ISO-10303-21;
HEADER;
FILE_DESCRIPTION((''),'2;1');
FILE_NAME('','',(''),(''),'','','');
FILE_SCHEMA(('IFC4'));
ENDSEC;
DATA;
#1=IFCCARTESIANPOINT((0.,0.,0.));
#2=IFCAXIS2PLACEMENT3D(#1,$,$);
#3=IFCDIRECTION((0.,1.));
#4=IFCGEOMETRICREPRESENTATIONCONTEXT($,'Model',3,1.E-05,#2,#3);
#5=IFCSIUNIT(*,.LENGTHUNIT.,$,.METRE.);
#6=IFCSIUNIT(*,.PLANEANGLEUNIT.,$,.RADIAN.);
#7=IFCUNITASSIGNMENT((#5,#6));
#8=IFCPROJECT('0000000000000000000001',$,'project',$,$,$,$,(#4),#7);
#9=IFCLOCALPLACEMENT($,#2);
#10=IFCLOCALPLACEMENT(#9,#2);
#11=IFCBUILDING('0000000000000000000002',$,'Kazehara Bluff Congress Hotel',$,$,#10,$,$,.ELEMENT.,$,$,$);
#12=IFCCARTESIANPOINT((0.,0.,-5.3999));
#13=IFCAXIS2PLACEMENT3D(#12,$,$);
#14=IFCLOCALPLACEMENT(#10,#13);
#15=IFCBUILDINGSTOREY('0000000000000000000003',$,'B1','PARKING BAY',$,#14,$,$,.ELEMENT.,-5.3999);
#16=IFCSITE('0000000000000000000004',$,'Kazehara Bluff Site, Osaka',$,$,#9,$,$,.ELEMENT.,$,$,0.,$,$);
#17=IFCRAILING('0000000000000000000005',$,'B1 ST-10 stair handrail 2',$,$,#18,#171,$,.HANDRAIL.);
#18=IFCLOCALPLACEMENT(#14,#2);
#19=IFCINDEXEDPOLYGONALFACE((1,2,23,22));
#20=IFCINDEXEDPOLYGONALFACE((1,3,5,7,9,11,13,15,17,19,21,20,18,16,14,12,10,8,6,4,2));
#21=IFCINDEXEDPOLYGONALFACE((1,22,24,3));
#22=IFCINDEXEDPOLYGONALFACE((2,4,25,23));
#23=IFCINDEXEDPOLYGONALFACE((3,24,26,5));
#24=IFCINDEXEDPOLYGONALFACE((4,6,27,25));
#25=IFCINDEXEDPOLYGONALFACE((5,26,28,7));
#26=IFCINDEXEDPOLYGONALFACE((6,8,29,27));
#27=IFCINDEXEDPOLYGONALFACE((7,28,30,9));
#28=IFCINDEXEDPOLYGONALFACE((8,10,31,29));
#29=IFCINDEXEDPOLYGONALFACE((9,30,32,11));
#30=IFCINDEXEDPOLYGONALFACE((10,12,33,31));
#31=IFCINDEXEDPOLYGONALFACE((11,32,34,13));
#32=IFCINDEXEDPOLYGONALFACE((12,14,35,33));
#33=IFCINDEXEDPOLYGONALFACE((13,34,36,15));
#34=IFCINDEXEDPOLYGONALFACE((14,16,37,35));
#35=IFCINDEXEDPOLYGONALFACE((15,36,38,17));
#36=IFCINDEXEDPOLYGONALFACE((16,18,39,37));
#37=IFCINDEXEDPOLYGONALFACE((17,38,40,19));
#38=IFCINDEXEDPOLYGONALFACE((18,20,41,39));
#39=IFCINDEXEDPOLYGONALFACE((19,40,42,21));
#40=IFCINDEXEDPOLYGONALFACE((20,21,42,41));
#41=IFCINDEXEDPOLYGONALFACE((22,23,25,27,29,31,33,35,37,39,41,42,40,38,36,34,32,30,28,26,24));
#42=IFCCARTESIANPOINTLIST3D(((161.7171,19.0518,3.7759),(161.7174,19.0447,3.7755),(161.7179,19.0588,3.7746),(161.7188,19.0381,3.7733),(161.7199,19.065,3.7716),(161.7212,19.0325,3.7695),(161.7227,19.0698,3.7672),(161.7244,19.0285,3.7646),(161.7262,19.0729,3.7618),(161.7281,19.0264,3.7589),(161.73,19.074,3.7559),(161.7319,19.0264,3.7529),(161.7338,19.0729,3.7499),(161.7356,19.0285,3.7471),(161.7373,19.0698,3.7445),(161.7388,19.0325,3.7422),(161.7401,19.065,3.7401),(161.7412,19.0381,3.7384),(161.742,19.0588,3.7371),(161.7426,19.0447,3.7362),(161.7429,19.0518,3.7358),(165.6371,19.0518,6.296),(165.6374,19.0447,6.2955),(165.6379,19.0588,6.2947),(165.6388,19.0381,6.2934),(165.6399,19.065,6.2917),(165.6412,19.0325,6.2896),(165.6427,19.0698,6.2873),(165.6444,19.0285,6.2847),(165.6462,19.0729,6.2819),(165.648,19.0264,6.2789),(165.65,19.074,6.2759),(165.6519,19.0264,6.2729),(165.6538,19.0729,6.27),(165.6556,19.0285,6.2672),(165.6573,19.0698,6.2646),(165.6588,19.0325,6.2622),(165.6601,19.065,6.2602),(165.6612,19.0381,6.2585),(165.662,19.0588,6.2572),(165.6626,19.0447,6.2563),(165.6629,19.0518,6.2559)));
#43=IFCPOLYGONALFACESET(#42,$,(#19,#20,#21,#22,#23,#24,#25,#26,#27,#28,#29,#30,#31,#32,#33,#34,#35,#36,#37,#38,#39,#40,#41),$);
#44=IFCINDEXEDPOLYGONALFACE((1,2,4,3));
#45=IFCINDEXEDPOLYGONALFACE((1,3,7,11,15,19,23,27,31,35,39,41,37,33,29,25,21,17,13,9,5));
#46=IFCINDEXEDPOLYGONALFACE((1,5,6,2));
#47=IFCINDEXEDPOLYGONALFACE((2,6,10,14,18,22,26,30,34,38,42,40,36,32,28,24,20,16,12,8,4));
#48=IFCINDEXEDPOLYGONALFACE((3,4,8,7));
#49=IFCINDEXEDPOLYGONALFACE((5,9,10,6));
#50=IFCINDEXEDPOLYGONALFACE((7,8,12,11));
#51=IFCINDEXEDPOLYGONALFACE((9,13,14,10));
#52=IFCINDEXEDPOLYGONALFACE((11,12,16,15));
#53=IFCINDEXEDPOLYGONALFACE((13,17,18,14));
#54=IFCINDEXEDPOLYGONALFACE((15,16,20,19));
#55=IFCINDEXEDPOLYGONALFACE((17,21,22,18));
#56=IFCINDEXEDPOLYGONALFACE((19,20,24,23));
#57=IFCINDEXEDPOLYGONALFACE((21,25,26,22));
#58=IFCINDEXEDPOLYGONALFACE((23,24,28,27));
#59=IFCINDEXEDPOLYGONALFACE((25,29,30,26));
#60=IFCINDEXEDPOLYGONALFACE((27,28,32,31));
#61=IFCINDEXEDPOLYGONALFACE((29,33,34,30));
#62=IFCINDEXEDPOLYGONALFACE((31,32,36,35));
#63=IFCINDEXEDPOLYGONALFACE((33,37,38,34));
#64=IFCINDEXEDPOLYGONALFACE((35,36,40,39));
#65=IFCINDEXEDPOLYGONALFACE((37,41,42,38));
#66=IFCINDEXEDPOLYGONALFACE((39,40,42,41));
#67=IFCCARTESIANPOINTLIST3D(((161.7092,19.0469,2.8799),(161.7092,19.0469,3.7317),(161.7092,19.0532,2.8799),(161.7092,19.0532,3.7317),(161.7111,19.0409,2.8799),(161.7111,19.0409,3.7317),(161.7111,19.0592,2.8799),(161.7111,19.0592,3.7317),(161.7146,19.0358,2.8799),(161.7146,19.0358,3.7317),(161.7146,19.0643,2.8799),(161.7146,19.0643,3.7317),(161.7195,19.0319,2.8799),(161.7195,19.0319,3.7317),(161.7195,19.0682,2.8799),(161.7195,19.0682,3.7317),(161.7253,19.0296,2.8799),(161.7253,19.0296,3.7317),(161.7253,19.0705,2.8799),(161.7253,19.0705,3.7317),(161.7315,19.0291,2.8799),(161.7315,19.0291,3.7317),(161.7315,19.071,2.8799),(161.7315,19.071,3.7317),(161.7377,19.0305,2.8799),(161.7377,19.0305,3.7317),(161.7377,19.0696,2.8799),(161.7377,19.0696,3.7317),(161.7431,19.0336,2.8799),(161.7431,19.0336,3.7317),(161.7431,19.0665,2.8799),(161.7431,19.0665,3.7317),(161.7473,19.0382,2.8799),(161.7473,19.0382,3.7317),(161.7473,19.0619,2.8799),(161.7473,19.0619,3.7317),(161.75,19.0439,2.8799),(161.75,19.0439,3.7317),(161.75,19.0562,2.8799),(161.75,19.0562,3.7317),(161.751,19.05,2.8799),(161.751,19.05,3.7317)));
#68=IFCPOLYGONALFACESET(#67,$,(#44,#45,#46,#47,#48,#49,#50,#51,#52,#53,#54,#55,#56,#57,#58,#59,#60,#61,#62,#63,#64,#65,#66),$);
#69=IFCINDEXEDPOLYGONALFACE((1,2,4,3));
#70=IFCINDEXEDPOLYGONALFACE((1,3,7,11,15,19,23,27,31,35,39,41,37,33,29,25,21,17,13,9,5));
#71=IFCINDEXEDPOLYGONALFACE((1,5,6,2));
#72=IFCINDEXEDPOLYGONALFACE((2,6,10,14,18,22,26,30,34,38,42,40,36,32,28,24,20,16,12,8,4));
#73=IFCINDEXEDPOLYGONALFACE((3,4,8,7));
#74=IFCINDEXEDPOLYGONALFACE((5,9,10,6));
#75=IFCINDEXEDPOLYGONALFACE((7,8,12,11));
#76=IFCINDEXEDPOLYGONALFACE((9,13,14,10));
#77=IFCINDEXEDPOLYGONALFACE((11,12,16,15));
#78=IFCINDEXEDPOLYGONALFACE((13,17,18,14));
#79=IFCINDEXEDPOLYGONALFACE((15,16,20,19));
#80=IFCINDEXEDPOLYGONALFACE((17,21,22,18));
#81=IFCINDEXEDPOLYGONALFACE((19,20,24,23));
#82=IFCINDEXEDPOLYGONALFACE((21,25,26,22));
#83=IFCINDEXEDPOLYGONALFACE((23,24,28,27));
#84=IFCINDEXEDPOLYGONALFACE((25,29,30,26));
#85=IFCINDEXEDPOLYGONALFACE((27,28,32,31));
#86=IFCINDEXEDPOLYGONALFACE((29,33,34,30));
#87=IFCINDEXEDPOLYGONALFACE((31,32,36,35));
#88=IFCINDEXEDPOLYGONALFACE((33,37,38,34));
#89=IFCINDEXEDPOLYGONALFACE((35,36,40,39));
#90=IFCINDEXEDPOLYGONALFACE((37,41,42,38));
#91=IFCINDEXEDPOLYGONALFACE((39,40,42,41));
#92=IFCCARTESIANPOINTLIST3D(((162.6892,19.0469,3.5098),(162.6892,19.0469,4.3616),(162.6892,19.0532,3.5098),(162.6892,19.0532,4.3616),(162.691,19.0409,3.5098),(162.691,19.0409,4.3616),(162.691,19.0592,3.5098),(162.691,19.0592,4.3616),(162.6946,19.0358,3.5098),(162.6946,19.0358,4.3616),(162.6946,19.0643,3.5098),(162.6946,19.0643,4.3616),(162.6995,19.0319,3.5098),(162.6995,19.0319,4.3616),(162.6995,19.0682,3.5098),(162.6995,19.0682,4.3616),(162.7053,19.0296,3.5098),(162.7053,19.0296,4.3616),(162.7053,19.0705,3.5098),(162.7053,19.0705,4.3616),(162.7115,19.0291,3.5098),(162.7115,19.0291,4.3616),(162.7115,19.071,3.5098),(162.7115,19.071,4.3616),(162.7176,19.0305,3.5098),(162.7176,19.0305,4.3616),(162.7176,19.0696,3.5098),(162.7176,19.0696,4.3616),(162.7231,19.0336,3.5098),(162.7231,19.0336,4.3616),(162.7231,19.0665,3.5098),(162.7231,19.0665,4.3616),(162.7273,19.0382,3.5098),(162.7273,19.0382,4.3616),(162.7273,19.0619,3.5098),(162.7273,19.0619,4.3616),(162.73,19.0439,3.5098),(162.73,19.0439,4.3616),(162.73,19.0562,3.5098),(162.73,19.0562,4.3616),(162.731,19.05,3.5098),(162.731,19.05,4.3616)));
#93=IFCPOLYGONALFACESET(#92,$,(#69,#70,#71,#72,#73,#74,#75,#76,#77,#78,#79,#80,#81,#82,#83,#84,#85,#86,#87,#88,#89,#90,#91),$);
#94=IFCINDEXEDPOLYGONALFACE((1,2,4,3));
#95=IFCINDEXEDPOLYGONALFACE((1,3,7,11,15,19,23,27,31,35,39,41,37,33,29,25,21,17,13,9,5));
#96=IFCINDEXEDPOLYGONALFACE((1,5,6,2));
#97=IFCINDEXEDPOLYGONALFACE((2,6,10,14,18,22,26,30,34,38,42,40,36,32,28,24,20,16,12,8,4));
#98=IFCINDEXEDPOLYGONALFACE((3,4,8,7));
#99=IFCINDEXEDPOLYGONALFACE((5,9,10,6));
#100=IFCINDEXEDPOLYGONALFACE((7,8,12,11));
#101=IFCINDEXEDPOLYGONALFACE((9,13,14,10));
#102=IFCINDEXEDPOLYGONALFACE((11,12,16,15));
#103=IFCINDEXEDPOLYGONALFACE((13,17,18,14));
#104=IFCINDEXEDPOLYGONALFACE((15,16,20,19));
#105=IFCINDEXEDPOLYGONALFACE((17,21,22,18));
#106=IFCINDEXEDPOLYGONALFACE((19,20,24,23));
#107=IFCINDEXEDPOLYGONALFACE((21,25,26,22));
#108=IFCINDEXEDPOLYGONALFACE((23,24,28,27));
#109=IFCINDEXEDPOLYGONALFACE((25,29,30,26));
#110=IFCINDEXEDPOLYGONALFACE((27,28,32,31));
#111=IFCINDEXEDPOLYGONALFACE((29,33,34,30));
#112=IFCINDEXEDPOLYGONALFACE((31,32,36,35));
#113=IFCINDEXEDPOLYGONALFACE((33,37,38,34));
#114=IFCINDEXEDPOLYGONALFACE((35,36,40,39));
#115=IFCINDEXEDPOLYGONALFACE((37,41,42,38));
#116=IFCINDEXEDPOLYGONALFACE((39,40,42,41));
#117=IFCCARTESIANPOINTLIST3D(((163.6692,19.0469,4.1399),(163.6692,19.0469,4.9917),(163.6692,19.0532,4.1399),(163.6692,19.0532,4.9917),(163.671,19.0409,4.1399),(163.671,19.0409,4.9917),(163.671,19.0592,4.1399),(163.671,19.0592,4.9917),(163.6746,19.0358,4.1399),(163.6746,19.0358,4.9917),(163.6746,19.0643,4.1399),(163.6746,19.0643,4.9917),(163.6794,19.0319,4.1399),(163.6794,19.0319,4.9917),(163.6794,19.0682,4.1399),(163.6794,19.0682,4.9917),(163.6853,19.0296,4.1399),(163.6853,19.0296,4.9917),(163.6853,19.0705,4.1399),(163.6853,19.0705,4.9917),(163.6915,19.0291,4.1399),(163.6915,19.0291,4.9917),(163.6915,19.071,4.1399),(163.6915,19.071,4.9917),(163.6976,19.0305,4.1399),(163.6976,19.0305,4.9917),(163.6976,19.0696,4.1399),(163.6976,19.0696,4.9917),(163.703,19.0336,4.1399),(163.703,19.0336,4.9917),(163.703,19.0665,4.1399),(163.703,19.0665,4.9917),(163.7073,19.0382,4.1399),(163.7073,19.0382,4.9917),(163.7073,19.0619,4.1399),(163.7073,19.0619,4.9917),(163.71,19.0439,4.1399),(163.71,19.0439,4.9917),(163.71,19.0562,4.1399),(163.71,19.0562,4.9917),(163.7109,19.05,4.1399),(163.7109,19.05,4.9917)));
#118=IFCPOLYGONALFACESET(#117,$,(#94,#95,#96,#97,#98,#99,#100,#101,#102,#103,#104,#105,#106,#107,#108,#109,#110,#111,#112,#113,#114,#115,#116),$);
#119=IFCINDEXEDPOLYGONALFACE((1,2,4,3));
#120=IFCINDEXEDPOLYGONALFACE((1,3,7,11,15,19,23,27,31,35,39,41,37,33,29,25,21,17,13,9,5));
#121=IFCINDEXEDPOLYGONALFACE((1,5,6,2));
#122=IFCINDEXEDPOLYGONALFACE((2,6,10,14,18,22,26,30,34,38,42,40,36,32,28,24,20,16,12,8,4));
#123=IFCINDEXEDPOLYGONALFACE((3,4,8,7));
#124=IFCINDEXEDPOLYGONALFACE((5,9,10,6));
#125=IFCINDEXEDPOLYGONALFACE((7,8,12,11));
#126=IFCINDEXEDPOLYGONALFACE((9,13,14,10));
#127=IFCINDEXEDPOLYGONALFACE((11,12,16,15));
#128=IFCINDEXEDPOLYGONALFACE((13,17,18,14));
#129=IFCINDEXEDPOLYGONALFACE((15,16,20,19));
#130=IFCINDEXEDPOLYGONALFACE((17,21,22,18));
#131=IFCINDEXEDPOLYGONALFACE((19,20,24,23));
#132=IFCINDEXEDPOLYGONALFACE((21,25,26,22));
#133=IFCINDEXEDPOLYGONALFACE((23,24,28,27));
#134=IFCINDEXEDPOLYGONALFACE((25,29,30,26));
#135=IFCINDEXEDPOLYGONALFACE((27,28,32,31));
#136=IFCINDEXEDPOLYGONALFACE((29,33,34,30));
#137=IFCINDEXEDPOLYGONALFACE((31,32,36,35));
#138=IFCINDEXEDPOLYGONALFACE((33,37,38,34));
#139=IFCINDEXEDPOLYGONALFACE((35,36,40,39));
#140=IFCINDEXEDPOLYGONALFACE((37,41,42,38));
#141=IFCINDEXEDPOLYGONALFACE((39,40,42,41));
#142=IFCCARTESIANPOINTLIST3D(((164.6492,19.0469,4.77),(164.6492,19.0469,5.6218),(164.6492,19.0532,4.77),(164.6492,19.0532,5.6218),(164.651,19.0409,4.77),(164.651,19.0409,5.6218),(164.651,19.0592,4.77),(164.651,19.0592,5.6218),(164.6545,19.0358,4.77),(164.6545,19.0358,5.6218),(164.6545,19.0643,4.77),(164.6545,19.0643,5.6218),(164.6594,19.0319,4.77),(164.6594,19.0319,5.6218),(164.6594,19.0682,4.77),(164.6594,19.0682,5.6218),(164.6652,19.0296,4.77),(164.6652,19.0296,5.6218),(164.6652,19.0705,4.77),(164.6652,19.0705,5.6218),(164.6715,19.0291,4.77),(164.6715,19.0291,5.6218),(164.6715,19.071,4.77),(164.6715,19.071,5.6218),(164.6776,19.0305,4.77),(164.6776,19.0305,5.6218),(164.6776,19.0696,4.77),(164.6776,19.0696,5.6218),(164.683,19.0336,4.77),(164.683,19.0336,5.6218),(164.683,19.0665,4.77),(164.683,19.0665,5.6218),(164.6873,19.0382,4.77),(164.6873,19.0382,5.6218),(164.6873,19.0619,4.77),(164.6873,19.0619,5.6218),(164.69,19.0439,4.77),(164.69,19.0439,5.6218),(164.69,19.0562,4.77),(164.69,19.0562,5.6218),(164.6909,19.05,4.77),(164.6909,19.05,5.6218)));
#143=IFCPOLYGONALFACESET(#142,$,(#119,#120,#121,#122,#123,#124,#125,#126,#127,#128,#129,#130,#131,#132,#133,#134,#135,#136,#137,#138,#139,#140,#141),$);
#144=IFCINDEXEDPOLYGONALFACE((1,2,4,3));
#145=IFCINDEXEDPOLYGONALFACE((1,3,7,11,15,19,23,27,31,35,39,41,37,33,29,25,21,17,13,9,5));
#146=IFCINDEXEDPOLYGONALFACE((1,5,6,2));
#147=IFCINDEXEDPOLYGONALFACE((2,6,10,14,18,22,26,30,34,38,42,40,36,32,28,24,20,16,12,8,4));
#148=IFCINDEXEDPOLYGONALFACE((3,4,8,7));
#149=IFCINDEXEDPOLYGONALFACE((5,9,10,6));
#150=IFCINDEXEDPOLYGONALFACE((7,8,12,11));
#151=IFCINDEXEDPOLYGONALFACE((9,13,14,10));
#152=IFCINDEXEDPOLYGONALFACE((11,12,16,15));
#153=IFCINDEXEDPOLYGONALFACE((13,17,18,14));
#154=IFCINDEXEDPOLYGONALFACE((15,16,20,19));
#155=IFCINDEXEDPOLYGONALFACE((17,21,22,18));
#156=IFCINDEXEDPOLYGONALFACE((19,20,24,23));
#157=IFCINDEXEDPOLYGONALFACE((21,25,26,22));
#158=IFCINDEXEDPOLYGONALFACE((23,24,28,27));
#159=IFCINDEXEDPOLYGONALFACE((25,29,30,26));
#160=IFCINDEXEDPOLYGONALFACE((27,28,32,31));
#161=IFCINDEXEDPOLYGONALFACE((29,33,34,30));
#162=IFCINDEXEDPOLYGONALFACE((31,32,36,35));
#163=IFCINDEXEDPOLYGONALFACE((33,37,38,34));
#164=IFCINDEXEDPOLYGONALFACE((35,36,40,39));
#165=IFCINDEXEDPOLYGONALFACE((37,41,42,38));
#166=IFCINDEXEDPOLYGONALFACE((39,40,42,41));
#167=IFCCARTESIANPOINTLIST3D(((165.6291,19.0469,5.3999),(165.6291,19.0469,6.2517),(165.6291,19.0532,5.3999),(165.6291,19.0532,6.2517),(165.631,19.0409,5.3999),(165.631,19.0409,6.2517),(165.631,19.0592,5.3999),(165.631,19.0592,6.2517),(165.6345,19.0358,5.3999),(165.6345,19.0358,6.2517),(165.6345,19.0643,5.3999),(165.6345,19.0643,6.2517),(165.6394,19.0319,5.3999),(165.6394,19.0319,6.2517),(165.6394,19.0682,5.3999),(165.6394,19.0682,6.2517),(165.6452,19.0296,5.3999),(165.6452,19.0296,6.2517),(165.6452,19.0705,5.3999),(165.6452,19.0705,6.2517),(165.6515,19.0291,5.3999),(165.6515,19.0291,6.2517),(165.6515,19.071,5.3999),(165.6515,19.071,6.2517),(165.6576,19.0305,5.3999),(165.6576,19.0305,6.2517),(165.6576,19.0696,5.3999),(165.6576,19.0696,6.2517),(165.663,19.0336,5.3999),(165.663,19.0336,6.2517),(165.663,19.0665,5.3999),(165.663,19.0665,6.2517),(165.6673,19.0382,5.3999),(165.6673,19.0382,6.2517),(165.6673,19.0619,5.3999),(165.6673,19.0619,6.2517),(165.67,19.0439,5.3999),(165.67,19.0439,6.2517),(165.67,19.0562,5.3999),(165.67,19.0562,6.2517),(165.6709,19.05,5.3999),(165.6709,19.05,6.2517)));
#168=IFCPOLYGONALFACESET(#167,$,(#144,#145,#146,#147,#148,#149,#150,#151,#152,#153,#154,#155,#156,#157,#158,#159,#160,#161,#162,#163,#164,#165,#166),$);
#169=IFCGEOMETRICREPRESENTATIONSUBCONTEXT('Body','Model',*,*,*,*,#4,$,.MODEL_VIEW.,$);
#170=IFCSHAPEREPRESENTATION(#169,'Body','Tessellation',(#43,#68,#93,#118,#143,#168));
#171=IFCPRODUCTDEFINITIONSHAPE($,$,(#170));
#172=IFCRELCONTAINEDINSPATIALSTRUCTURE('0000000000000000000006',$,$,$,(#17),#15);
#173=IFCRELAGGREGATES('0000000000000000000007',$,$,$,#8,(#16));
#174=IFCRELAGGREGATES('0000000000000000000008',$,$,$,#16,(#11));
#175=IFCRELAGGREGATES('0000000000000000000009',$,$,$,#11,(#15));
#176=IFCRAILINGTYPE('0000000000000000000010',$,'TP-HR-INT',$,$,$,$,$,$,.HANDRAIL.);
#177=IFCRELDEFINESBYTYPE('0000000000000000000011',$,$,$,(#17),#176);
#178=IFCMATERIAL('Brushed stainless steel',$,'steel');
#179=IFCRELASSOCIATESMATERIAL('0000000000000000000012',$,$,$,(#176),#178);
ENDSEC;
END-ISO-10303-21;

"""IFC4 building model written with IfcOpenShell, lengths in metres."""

from ifc_helpers import new_model, si_unit, direction, frame, origin, origin_2d, place, context, subcontext, project, spatial, circle, extrude, material, type_object, element, save


model = new_model("IFC4")

# Units and contexts
model_context = context("Model", 3, precision=1e-05, world=origin(), true_north=direction((0.0, 1.0)))
body_context = subcontext(model_context, "Body", "Model", "MODEL_VIEW")
ifc_project = project(units=[si_unit("LENGTHUNIT", "METRE"), si_unit("PLANEANGLEUNIT", "RADIAN")], contexts=[model_context])

# Site, building, storey
site_placement = place(None, origin())
site = spatial("IfcSite", under=ifc_project, at=site_placement, Name="Kazehara Bluff Site, Osaka", CompositionType="ELEMENT", RefElevation=0.0)
building_placement = place(site_placement, origin())
building = spatial("IfcBuilding", under=site, at=building_placement, Name="Kazehara Bluff Congress Hotel", CompositionType="ELEMENT")
storey_placement = place(building_placement, frame((0.0, 0.0, -5.3999)))
storey = spatial("IfcBuildingStorey", under=building, at=storey_placement, Name="B1", Description="PARKING BAY", CompositionType="ELEMENT", Elevation=-5.3999)

# Railing
ifc_material_1 = material(Name="Brushed stainless steel", Category="steel")
railing_type_1 = type_object("IfcRailingType", Name="TP-HR-INT", PredefinedType="HANDRAIL", material=ifc_material_1)
railing_1_placement = place(storey_placement, frame((161.73, 19.05, 2.8799)))
element("IfcRailing", 1, at=railing_1_placement, inside=storey, type_object=railing_type_1, Name="B1 ST-10 stair handrail 2", PredefinedType="HANDRAIL", context=body_context, shape_type="SweptSolid", body=[
    extrude(circle(Radius=0.0239, at=origin_2d()), frame((0.0, 0.0, 0.876), z_axis=(0.841172, 0.0, 0.540768), x_axis=(0.0, 1.0, 0.0)), (0.0, 0.0, 1.0), 4.6602),
    extrude(circle(Radius=0.021, at=origin_2d()), origin(), (0.0, 0.0, 1.0), 0.8518),
    extrude(circle(Radius=0.021, at=origin_2d()), frame((0.98, 0.0, 0.6299)), (0.0, 0.0, 1.0), 0.8518),
    extrude(circle(Radius=0.021, at=origin_2d()), frame((1.96, 0.0, 1.26)), (0.0, 0.0, 1.0), 0.8518),
    extrude(circle(Radius=0.021, at=origin_2d()), frame((2.9399, 0.0, 1.8901)), (0.0, 0.0, 1.0), 0.8518),
    extrude(circle(Radius=0.021, at=origin_2d()), frame((3.9199, 0.0, 2.52)), (0.0, 0.0, 1.0), 0.8518),
])

save(model, "model.ifc")
